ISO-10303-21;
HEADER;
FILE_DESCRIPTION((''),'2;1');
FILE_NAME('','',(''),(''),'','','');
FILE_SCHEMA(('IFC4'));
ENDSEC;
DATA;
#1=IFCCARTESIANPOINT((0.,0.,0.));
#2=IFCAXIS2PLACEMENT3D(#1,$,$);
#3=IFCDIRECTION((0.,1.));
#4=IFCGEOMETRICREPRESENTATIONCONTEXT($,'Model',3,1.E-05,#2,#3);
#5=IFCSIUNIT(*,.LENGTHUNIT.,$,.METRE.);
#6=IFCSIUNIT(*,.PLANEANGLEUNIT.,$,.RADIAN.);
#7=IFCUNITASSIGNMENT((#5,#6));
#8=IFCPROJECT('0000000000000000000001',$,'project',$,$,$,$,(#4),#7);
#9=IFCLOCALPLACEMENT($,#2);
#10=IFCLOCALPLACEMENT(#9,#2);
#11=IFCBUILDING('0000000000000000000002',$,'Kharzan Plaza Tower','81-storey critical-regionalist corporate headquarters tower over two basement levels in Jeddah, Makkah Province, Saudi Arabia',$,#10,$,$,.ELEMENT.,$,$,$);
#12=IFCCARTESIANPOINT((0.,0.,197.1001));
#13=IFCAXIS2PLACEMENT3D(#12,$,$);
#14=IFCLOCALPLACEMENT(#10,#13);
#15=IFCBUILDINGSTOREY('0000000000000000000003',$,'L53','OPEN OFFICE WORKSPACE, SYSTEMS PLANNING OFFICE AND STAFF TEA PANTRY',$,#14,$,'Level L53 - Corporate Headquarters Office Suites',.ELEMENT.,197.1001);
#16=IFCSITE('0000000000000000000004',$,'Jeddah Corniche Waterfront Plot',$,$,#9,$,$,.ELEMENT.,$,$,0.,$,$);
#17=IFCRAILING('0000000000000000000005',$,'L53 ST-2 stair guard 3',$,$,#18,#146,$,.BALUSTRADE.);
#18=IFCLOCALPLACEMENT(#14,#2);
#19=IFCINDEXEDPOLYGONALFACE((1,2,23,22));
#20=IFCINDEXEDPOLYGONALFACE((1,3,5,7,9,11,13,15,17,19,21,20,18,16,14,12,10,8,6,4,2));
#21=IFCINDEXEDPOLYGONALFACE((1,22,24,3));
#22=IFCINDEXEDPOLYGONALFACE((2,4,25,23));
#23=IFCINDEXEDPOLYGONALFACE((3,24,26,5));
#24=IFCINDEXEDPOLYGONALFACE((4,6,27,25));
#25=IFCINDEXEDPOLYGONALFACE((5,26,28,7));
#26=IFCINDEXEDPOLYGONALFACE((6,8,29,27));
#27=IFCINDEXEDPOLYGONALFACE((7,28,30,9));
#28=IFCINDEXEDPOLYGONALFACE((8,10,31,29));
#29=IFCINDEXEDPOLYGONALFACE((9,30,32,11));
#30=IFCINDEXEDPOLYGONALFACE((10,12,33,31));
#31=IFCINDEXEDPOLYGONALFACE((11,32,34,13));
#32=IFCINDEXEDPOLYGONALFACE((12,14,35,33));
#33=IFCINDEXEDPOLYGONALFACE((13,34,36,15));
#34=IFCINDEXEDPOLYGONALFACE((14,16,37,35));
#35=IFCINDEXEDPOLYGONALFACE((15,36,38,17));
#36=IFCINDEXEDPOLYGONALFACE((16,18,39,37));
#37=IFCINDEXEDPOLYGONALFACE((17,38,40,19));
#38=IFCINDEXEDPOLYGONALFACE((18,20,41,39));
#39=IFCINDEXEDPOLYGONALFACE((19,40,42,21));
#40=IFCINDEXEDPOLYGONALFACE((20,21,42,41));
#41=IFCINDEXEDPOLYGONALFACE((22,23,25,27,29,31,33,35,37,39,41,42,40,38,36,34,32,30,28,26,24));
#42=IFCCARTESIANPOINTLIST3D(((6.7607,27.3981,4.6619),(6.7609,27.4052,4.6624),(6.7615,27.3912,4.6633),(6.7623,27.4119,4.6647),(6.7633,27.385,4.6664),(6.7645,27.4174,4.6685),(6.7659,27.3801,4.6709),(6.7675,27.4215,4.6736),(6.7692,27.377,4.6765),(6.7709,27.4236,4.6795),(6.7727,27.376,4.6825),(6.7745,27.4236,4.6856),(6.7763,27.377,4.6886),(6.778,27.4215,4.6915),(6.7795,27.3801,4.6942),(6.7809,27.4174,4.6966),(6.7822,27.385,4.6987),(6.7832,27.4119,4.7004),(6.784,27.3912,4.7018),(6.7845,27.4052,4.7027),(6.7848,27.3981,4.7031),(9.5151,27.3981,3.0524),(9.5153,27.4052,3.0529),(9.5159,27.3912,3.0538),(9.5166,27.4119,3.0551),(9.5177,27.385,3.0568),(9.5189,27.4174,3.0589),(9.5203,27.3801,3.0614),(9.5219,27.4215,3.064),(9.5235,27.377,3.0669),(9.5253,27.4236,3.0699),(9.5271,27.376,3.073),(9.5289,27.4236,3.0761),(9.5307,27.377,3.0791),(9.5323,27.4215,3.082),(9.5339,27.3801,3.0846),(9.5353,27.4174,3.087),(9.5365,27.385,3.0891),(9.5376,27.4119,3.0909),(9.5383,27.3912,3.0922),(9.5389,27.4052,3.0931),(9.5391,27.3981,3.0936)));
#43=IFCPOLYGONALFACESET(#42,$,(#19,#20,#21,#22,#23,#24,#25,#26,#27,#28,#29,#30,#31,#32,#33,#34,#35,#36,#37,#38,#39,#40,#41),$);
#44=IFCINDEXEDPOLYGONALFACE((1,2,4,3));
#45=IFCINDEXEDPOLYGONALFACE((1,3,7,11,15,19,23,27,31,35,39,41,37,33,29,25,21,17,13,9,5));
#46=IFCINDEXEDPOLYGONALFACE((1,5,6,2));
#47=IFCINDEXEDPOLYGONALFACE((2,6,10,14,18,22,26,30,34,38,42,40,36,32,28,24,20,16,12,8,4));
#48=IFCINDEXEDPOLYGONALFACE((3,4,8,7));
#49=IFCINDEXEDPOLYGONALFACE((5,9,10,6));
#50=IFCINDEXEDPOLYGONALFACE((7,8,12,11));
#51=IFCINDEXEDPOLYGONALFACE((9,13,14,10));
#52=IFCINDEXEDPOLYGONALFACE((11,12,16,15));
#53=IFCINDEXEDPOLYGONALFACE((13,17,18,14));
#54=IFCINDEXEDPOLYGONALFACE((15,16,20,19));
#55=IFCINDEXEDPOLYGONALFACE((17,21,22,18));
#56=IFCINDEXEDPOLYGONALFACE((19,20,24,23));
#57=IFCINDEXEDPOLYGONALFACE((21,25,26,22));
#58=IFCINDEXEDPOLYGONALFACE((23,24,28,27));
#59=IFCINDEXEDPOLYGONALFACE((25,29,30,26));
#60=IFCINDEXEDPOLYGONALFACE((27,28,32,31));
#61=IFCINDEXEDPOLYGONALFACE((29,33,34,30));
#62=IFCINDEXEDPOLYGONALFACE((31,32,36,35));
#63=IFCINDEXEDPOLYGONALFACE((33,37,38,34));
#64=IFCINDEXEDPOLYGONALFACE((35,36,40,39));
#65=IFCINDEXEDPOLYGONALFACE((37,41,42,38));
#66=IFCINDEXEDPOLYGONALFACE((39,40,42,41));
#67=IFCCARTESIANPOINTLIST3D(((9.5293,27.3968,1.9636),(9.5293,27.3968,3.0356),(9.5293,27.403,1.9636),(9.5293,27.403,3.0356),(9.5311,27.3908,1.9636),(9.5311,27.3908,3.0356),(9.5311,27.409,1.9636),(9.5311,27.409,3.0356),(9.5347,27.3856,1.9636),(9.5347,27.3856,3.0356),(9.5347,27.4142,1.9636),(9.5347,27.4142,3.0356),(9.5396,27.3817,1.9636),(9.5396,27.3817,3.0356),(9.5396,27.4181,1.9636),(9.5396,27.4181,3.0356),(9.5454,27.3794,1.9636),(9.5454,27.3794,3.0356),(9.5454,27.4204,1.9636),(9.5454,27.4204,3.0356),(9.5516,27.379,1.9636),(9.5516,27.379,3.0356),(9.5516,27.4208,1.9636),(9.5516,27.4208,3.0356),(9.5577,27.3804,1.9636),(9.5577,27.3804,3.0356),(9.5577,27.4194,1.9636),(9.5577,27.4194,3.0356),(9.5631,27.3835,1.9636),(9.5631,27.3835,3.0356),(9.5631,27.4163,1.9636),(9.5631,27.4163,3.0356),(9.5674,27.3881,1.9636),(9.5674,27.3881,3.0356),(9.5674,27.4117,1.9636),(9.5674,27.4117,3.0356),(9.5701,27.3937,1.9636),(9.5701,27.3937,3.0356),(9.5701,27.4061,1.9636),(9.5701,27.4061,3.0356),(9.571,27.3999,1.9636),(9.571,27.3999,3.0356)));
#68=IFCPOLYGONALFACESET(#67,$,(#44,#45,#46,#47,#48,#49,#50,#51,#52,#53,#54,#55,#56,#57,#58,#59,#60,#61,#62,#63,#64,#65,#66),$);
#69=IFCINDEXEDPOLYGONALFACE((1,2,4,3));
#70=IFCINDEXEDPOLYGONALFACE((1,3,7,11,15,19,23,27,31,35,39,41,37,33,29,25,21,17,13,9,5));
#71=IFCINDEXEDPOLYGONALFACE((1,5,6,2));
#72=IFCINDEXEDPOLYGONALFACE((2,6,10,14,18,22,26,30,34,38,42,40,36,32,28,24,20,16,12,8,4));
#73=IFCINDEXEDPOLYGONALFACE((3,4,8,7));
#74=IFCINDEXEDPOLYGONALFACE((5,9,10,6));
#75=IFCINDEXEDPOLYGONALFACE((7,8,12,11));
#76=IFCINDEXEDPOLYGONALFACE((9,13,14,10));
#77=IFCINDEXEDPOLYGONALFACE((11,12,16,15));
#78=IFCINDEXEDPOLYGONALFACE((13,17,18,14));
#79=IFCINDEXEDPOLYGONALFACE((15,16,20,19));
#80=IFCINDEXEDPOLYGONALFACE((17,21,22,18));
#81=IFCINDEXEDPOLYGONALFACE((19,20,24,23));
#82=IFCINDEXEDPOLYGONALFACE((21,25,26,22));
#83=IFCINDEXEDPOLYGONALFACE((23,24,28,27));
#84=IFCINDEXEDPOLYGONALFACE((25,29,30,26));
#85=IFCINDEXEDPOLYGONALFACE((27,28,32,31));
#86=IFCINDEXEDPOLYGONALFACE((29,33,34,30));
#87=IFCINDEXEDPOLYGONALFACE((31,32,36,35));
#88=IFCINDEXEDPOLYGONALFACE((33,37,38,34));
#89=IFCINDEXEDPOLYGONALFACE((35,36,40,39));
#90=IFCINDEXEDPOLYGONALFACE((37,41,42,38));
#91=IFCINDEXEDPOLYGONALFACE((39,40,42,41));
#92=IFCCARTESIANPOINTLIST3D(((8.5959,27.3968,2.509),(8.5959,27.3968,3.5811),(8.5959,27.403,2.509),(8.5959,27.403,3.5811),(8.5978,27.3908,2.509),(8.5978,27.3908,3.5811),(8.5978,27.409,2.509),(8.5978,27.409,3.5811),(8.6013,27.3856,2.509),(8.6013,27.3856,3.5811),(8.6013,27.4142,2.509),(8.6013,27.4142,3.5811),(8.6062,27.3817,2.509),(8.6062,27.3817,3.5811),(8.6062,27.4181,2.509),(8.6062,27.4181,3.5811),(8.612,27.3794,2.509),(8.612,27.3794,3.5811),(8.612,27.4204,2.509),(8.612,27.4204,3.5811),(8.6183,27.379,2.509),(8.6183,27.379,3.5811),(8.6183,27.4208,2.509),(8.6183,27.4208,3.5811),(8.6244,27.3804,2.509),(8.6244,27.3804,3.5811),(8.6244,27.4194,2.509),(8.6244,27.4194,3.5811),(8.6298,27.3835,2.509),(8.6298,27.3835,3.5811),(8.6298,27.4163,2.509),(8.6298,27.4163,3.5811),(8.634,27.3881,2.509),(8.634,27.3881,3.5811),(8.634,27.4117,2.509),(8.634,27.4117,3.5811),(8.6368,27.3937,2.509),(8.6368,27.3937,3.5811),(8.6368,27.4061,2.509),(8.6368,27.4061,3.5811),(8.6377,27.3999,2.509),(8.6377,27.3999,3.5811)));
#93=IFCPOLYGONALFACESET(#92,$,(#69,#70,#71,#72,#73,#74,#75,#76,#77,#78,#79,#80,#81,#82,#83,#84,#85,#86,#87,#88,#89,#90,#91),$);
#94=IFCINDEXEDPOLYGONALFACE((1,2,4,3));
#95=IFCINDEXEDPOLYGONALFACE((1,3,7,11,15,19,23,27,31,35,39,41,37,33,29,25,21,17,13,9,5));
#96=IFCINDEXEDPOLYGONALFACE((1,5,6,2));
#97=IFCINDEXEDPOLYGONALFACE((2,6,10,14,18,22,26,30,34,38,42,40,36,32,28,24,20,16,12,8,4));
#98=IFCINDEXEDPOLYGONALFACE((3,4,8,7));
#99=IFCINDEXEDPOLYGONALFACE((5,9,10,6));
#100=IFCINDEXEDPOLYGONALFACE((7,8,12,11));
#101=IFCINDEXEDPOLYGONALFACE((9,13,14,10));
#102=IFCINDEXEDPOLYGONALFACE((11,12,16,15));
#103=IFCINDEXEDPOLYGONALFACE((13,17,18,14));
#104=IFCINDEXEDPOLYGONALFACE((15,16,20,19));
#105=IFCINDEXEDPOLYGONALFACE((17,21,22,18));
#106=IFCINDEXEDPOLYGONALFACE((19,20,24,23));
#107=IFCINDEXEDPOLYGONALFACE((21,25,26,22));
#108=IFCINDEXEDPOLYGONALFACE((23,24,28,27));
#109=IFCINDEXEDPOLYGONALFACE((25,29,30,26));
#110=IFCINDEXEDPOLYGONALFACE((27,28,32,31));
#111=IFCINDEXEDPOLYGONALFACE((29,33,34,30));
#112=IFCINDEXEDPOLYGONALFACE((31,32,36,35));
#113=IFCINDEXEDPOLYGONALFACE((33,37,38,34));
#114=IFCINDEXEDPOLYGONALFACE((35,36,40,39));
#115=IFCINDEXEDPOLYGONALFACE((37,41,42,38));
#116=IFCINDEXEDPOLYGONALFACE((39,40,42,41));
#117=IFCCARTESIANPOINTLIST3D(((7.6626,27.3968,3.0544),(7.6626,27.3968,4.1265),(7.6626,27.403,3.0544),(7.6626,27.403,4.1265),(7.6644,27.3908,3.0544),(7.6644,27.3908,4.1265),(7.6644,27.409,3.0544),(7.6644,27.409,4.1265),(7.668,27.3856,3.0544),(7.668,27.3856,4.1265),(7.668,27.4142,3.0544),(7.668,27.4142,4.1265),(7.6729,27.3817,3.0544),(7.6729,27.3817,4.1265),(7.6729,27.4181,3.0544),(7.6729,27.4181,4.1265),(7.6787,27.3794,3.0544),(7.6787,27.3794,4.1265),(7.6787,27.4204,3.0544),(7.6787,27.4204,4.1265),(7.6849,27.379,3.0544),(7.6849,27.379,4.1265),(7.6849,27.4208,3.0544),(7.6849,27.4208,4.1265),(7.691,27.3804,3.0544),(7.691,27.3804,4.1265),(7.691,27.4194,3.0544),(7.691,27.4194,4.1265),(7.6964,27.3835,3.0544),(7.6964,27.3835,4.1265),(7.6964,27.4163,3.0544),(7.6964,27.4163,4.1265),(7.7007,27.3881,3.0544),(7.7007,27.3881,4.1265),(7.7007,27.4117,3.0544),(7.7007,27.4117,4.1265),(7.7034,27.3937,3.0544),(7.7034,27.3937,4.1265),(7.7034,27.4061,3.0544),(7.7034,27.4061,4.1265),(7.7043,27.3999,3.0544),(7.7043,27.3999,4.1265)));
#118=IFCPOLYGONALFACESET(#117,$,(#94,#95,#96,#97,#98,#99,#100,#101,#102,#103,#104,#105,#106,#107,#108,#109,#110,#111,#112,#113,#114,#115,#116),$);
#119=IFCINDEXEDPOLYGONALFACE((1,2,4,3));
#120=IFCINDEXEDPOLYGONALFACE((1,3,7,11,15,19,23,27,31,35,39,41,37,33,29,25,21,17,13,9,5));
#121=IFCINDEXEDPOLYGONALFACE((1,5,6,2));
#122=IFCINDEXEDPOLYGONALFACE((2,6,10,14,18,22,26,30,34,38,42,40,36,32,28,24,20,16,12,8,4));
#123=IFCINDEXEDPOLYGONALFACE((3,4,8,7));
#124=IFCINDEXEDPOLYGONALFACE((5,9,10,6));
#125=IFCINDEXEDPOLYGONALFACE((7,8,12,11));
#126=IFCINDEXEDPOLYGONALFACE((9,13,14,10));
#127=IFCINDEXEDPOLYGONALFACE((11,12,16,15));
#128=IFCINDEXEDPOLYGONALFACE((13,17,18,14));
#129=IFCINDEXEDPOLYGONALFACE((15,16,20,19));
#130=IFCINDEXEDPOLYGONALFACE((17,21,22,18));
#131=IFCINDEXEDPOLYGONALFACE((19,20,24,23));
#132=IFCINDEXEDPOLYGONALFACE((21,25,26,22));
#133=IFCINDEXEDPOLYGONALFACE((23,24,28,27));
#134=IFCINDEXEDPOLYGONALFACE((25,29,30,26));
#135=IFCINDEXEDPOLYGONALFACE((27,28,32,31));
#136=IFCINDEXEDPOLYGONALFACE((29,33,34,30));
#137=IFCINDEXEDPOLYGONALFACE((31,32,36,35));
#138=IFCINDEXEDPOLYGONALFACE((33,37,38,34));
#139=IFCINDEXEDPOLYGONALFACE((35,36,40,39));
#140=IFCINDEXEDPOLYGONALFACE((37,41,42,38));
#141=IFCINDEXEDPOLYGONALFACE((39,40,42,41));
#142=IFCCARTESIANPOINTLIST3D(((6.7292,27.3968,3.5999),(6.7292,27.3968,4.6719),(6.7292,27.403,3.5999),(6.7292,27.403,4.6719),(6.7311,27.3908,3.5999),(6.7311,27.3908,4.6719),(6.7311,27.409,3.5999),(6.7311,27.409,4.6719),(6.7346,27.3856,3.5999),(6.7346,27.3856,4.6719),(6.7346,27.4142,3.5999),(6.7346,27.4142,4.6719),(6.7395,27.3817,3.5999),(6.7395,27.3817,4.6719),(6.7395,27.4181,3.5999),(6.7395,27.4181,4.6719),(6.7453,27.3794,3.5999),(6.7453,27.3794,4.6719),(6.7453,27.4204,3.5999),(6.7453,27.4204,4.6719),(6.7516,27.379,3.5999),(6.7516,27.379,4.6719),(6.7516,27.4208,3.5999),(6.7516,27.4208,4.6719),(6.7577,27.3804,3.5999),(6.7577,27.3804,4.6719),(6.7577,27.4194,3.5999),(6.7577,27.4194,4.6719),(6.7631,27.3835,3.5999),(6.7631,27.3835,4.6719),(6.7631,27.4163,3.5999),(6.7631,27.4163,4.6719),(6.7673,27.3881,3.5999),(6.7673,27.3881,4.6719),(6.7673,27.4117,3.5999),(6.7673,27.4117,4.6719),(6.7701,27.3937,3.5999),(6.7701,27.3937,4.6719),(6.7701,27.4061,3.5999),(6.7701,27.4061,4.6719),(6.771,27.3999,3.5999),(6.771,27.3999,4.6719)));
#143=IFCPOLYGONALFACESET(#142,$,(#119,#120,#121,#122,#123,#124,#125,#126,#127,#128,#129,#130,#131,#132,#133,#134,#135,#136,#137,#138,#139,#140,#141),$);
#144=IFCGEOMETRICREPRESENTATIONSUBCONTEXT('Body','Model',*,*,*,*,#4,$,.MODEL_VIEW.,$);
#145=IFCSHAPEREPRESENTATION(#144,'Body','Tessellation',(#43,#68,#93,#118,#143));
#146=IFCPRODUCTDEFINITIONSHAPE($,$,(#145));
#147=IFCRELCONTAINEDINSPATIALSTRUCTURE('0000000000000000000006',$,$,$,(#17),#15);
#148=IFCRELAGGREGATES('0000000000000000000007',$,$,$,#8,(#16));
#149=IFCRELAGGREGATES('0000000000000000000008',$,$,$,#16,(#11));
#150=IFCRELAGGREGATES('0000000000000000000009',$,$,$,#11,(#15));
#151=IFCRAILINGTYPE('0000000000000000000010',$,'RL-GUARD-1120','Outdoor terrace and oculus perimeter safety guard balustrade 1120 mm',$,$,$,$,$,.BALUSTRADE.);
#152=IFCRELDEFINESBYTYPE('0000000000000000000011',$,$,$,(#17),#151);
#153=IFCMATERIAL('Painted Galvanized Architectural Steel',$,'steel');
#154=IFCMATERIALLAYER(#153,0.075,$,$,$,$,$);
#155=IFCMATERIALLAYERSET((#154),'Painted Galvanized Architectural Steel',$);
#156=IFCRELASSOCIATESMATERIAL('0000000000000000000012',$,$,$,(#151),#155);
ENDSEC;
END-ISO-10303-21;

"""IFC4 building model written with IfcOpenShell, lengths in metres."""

from ifc_helpers import new_model, si_unit, direction, frame, origin, origin_2d, place, context, subcontext, project, spatial, circle, extrude, source, transform, mapped, material, layer, layer_set, type_object, element, save


model = new_model("IFC4")

# Units and contexts
model_context = context("Model", 3, precision=1e-05, world=origin(), true_north=direction((0.0, 1.0)))
body_context = subcontext(model_context, "Body", "Model", "MODEL_VIEW")
ifc_project = project(units=[si_unit("LENGTHUNIT", "METRE"), si_unit("PLANEANGLEUNIT", "RADIAN")], contexts=[model_context])

# Site, building, storey
site_placement = place(None, origin())
site = spatial("IfcSite", under=ifc_project, at=site_placement, Name="Jeddah Corniche Waterfront Plot", CompositionType="ELEMENT", RefElevation=0.0)
building_placement = place(site_placement, origin())
building = spatial("IfcBuilding", under=site, at=building_placement, Name="Kharzan Plaza Tower", Description="81-storey critical-regionalist corporate headquarters tower over two basement levels in Jeddah, Makkah Province, Saudi Arabia", CompositionType="ELEMENT")
storey_placement = place(building_placement, frame((0.0, 0.0, 197.1001)))
storey = spatial("IfcBuildingStorey", under=building, at=storey_placement, Name="L53", Description="OPEN OFFICE WORKSPACE, SYSTEMS PLANNING OFFICE AND STAFF TEA PANTRY", LongName="Level L53 - Corporate Headquarters Office Suites", CompositionType="ELEMENT", Elevation=197.1001)

# Railing
ifc_material_1 = material(Name="Painted Galvanized Architectural Steel", Category="steel")
ifc_layer_1 = layer(ifc_material_1, 0.075)
ifc_layer_set_1 = layer_set([ifc_layer_1], Name="Painted Galvanized Architectural Steel")
railing_type_1 = type_object("IfcRailingType", Name="RL-GUARD-1120", Description="Outdoor terrace and oculus perimeter safety guard balustrade 1120 mm", PredefinedType="BALUSTRADE", material=ifc_layer_set_1)
shared_shape_1 = source(origin(), body_context, "Body", "SweptSolid", [
    extrude(circle(Radius=0.0239, at=origin_2d()), frame((-0.0229, 0.0, 1.1094), z_axis=(-0.863394, 0.0, 0.504531), x_axis=(0.0, -1.0, 0.0)), (0.0, 0.0, 1.0), 3.1902),
    extrude(circle(Radius=0.021, at=origin_2d()), origin(), (0.0, 0.0, 1.0), 1.072),
    extrude(circle(Radius=0.021, at=origin_2d()), frame((-0.9333, 0.0, 0.5454)), (0.0, 0.0, 1.0), 1.072),
    extrude(circle(Radius=0.021, at=origin_2d()), frame((-1.8667, 0.0, 1.0908)), (0.0, 0.0, 1.0), 1.072),
    extrude(circle(Radius=0.021, at=origin_2d()), frame((-2.8, 0.0, 1.6362)), (0.0, 0.0, 1.0), 1.072),
])
railing_1_placement = place(storey_placement, frame((9.55, 27.3999, 1.9636)))
element("IfcRailing", 1, at=railing_1_placement, inside=storey, type_object=railing_type_1, Name="L53 ST-2 stair guard 3", PredefinedType="BALUSTRADE", context=body_context, shape_type="MappedRepresentation", body=[
    mapped(shared_shape_1, transform((0.0, 0.0, 0.0), x_axis=(1.0, 0.0, 0.0), y_axis=(0.0, 1.0, 0.0), z_axis=(0.0, 0.0, 1.0))),
])

save(model, "model.ifc")
